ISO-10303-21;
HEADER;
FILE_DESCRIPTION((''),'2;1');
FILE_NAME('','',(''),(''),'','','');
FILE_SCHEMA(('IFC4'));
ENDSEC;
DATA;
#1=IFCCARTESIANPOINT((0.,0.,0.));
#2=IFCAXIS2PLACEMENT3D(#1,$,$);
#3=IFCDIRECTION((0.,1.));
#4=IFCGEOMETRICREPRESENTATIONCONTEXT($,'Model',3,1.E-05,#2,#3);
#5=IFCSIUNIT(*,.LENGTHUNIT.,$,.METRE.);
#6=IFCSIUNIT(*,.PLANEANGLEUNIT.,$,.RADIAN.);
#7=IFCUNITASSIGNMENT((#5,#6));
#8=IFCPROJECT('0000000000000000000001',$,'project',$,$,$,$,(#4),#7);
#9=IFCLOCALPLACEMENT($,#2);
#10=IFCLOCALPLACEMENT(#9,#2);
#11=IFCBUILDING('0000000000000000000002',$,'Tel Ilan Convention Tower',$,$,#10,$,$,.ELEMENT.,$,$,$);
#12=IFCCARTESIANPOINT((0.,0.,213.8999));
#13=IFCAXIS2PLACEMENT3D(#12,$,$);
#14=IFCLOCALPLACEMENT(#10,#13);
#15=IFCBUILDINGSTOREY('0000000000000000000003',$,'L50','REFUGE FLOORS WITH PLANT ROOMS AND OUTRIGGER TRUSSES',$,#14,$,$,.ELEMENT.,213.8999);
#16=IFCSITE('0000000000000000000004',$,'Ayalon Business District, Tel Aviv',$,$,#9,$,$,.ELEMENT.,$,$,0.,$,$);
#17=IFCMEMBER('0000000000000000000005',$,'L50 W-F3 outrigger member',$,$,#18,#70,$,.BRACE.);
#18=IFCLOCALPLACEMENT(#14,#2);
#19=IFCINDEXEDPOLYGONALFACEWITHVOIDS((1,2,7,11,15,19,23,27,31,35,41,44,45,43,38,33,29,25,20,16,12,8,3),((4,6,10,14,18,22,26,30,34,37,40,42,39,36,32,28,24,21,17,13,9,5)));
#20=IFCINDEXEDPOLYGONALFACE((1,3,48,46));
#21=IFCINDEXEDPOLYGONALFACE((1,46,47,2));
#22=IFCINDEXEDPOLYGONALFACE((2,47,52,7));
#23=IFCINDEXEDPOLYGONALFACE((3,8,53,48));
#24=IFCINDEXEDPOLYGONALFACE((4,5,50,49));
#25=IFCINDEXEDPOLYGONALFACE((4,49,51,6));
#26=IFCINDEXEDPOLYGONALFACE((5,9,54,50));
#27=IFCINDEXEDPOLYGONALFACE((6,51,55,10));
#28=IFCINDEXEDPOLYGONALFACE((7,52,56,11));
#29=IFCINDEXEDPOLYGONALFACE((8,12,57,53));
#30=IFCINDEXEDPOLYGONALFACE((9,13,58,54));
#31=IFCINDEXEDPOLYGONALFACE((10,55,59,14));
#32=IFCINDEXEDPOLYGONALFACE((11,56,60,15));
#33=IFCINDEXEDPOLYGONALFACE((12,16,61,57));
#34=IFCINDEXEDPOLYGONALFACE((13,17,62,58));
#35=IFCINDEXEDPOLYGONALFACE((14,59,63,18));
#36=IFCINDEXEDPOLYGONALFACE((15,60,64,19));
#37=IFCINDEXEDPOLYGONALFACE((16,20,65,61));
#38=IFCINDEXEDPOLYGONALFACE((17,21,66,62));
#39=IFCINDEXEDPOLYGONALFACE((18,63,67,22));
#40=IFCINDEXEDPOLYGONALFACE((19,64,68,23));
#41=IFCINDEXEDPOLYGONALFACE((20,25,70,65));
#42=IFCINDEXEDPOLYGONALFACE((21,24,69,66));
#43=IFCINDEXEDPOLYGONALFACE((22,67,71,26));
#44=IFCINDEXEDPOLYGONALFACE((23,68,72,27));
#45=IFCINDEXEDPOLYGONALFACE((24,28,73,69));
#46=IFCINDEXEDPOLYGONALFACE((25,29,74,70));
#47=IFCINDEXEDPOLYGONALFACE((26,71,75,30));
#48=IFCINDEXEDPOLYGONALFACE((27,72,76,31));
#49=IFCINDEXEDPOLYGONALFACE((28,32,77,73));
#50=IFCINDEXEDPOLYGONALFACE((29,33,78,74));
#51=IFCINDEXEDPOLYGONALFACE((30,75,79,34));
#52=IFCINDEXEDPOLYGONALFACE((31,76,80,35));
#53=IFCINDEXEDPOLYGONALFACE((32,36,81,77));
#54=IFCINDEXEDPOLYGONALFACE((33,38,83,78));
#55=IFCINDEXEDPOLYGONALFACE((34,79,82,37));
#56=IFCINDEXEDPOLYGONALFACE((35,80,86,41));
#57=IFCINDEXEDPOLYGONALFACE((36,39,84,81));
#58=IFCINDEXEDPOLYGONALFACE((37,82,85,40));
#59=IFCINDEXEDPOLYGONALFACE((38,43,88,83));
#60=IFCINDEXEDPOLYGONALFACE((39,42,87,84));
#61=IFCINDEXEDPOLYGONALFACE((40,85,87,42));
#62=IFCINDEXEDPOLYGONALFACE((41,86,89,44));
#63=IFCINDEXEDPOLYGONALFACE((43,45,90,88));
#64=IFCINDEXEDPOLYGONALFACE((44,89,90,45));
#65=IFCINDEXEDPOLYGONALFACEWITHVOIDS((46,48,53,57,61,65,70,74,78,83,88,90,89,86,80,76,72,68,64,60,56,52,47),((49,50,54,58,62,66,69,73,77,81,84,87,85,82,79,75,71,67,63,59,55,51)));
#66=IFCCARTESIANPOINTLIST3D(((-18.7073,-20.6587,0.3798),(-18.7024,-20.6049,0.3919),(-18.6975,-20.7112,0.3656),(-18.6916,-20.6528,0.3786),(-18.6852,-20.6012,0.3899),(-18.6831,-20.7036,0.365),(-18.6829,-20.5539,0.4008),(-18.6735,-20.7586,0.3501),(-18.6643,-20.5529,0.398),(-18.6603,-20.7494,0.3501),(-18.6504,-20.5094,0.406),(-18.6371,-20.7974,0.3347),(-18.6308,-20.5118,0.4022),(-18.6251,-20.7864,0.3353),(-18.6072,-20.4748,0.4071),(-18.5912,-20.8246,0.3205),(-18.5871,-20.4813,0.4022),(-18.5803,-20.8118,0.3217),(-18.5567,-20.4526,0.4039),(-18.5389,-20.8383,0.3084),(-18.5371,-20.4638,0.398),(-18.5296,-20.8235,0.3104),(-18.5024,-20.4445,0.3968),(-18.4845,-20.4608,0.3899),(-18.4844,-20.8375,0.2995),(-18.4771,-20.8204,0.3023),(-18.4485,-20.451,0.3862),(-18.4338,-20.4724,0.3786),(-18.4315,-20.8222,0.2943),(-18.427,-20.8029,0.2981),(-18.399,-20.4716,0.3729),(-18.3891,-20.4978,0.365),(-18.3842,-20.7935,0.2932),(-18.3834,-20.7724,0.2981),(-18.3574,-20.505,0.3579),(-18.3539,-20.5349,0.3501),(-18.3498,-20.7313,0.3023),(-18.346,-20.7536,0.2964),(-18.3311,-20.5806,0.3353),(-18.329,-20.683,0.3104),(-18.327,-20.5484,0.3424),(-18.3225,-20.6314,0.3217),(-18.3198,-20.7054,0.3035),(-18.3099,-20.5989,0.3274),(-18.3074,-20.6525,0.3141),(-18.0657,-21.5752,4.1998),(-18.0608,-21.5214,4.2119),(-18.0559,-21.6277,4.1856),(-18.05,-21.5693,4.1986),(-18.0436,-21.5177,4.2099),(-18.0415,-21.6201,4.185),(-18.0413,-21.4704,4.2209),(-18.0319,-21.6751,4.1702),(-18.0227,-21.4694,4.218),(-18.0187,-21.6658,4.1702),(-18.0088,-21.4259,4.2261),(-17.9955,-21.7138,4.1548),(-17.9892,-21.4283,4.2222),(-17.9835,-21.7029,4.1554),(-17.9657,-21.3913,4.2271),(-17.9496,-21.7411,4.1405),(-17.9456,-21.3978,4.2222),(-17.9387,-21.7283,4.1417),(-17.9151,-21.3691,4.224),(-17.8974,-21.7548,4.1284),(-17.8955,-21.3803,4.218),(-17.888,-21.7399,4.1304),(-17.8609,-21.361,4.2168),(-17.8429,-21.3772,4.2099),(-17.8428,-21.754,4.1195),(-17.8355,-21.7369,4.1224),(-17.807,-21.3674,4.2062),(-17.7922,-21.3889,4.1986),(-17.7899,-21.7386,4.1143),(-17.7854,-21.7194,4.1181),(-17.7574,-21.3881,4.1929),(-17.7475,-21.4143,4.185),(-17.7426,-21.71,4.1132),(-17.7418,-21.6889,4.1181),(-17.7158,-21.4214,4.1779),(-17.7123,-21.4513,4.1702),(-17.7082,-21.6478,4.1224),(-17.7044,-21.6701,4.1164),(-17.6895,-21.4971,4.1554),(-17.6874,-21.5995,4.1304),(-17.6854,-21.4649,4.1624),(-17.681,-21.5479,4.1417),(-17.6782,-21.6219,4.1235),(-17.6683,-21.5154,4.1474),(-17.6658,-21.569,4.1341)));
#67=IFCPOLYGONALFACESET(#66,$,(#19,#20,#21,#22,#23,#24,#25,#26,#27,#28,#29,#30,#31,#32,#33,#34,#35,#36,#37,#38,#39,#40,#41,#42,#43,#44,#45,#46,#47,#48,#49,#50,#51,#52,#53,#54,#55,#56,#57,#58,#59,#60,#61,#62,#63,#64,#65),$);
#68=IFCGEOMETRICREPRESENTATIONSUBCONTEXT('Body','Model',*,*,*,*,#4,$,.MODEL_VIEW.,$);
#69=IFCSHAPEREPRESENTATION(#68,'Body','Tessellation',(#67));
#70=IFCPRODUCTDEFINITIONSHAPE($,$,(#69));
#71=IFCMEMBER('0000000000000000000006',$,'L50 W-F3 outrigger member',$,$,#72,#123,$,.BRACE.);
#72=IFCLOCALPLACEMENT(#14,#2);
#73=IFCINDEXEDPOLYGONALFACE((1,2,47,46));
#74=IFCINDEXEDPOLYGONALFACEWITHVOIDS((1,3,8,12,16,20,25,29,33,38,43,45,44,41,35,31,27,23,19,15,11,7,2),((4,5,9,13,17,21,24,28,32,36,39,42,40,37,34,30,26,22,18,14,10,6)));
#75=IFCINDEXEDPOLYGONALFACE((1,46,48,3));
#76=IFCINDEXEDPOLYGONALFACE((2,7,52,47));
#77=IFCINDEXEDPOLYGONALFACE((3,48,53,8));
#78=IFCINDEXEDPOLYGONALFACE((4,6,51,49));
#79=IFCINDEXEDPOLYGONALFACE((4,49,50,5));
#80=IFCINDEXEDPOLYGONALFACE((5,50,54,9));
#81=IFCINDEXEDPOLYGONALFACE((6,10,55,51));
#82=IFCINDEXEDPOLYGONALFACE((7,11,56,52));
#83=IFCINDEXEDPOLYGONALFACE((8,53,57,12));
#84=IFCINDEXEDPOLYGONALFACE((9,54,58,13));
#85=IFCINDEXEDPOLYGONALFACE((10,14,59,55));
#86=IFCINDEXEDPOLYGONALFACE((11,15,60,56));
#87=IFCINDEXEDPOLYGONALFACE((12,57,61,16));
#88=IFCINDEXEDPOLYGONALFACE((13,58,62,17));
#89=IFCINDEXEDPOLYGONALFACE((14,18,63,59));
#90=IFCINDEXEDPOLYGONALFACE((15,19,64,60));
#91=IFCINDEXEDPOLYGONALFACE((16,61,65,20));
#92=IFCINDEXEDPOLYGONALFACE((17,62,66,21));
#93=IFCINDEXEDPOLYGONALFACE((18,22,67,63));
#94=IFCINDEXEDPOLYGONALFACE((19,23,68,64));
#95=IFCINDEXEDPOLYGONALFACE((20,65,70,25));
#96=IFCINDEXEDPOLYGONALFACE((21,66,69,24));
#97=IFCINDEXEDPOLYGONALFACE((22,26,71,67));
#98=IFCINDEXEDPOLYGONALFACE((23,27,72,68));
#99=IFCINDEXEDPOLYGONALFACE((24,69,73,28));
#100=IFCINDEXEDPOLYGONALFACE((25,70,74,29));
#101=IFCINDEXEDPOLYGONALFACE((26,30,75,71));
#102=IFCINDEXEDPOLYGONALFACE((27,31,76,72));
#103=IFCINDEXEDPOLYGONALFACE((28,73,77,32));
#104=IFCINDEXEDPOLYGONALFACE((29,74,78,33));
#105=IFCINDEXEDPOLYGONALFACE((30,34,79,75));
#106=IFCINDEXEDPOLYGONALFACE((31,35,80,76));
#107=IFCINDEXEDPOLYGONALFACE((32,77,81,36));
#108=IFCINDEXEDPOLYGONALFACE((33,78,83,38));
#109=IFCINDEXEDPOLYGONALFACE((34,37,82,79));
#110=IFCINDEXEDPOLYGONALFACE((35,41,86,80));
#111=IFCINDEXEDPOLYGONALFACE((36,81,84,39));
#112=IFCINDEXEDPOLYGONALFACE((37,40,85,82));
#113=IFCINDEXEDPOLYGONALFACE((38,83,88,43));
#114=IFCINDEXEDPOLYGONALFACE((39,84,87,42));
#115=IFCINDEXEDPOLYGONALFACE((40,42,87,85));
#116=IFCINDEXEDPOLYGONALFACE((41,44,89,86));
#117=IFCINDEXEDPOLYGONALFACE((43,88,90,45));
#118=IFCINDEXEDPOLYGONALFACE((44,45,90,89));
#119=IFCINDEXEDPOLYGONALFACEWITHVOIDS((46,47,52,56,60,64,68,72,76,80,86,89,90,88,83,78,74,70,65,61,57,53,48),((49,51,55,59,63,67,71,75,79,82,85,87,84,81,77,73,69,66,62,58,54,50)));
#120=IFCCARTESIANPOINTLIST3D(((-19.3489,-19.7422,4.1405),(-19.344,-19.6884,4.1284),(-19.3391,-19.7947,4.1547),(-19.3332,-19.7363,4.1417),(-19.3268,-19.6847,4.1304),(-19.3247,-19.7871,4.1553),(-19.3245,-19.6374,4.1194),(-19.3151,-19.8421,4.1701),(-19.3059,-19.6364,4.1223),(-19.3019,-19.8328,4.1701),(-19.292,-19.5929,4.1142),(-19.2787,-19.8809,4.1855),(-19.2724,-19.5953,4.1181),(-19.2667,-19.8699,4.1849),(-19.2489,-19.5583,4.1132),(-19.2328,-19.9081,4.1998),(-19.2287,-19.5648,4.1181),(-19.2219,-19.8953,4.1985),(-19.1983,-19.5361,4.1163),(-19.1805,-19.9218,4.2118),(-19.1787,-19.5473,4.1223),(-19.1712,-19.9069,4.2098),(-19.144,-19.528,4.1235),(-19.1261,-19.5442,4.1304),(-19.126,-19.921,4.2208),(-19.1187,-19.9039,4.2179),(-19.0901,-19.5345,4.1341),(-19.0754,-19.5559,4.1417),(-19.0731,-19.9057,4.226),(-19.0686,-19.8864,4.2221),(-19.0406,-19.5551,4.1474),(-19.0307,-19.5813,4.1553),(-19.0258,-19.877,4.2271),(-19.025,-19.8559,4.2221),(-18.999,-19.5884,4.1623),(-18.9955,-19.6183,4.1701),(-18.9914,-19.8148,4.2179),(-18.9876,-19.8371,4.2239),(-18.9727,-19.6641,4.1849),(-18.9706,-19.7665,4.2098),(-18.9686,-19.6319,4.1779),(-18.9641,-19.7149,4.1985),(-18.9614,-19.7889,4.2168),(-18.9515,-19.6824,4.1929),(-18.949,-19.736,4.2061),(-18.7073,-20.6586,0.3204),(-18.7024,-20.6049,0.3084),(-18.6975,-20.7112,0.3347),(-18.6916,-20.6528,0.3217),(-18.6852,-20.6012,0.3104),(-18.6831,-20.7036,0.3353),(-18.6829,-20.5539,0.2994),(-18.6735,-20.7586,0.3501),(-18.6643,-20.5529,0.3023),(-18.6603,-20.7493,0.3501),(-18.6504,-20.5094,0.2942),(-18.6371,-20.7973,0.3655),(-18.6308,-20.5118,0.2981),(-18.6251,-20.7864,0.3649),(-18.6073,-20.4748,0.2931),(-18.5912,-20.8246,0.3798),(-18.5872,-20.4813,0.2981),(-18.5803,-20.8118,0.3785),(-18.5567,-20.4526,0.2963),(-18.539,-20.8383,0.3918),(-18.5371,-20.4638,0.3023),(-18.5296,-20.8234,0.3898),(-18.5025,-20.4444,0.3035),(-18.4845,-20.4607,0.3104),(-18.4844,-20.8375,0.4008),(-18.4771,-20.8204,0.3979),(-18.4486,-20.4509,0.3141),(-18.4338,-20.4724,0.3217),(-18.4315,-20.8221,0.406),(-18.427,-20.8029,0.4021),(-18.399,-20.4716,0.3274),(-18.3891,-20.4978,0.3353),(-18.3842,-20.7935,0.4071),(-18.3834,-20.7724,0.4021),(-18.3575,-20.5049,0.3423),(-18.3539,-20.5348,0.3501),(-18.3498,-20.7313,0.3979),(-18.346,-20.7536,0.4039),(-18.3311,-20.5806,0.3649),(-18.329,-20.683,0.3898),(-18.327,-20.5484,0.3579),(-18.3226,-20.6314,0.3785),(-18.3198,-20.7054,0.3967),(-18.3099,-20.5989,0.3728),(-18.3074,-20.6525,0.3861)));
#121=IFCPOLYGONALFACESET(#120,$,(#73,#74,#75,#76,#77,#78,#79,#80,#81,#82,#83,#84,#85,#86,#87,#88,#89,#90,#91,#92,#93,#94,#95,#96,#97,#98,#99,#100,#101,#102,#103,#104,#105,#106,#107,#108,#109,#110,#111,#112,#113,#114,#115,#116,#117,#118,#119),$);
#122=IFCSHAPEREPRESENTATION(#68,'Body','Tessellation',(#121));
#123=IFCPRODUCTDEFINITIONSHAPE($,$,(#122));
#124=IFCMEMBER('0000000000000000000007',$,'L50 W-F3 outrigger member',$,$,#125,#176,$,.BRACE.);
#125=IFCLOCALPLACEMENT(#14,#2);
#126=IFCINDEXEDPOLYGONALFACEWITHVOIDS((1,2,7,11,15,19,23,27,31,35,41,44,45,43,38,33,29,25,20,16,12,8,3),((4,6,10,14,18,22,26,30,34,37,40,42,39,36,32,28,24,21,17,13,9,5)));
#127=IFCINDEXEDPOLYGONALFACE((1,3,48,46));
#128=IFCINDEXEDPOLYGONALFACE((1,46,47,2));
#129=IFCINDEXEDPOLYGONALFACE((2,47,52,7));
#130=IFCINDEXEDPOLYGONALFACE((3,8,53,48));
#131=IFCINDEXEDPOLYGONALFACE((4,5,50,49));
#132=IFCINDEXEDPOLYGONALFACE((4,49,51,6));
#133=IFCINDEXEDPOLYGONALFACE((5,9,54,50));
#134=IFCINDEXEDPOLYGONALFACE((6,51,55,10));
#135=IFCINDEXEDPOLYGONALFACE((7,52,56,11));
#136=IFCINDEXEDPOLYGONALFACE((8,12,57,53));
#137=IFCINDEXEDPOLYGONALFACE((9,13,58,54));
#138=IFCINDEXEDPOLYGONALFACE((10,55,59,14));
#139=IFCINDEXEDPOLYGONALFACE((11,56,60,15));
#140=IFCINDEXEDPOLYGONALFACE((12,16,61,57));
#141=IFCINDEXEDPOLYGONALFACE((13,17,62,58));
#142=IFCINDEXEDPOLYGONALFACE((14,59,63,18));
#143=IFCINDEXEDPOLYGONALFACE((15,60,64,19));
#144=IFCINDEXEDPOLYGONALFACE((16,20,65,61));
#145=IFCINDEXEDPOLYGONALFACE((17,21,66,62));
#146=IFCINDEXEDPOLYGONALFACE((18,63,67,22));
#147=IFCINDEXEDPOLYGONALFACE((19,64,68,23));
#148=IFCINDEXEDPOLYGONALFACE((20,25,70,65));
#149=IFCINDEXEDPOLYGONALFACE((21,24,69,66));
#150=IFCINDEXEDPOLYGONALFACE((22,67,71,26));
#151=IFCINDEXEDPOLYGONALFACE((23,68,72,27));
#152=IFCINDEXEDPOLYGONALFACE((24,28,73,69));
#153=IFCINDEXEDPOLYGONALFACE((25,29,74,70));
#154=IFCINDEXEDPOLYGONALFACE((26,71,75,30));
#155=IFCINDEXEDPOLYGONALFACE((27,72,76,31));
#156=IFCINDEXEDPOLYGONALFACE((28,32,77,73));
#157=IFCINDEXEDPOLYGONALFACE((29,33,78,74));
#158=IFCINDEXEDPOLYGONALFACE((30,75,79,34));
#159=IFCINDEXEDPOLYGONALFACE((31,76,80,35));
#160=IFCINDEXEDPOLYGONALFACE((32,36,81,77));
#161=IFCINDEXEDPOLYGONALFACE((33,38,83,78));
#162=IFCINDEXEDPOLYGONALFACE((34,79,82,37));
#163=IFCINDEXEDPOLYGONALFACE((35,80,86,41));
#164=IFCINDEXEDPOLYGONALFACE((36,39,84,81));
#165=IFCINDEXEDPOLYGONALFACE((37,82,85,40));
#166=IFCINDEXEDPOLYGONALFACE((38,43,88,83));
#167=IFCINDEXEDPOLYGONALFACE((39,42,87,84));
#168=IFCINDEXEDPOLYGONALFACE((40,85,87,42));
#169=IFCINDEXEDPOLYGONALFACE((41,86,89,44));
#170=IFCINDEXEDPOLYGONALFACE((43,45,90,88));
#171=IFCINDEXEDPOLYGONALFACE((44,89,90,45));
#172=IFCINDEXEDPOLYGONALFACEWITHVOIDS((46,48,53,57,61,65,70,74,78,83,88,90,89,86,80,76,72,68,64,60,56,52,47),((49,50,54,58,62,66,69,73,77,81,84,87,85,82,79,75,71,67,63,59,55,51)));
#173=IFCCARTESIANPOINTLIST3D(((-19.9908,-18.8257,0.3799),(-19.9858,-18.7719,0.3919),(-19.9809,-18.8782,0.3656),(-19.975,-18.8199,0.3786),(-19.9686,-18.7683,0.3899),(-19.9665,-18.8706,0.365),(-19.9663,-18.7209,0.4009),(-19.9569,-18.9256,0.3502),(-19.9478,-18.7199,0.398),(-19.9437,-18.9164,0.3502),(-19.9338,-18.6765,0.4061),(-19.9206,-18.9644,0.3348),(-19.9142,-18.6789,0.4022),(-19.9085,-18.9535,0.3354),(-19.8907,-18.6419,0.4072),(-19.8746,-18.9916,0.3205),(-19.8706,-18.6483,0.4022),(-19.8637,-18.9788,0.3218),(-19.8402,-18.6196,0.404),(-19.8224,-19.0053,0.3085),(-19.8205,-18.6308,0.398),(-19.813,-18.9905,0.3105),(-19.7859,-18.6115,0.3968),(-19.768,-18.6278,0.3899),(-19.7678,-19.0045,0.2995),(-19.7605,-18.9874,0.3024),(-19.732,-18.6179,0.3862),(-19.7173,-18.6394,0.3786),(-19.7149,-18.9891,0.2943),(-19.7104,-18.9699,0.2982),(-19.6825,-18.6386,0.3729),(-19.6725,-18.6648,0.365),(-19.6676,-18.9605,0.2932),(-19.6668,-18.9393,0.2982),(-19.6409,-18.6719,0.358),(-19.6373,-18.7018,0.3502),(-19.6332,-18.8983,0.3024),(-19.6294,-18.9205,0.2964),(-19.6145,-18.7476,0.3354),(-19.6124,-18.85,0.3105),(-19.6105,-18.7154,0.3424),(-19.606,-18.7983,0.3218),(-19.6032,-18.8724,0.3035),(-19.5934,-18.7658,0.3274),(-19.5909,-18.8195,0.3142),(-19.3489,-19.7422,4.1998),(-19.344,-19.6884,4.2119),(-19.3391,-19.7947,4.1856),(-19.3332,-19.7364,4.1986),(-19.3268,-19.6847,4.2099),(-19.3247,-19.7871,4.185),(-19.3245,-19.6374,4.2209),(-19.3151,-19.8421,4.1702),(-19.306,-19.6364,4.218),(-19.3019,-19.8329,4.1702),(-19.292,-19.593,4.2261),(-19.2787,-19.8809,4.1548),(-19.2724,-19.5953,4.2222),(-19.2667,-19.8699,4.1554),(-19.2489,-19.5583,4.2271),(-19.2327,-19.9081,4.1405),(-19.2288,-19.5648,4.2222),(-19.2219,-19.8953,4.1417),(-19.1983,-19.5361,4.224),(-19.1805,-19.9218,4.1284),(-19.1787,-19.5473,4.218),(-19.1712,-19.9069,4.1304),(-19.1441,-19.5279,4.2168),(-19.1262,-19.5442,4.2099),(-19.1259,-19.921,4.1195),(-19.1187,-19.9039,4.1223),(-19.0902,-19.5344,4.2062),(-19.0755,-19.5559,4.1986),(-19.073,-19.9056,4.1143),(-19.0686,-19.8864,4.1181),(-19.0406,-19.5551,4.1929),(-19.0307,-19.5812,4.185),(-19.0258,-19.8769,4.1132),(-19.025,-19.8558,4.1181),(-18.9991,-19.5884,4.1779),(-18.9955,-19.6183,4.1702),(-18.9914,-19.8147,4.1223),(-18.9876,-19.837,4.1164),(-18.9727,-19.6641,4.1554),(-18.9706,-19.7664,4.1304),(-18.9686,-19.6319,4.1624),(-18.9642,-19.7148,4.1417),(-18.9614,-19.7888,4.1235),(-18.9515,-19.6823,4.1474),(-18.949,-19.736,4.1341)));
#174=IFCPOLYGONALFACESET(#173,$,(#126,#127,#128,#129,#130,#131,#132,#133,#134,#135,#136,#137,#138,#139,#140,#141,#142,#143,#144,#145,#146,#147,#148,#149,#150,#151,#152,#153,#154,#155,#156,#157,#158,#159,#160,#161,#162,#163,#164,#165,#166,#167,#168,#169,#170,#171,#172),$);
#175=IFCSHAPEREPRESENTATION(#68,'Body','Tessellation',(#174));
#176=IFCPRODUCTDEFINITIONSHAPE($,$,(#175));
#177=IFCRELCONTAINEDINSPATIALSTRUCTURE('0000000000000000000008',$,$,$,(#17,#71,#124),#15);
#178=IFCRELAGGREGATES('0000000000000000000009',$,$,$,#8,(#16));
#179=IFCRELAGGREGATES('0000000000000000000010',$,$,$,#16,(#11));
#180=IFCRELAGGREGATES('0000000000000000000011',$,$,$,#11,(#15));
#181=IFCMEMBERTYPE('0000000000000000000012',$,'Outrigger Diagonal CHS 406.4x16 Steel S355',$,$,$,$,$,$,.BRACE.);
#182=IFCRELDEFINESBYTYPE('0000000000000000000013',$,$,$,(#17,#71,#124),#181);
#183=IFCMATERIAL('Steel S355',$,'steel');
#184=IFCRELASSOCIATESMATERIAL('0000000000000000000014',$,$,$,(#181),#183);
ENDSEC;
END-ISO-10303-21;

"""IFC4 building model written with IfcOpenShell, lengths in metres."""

from ifc_helpers import new_model, si_unit, direction, frame, origin, origin_2d, place, context, subcontext, project, spatial, hollow_circle, extrude, material, material_profile, profile_set, type_object, element, save


model = new_model("IFC4")

# Units and contexts
model_context = context("Model", 3, precision=1e-05, world=origin(), true_north=direction((0.0, 1.0)))
body_context = subcontext(model_context, "Body", "Model", "MODEL_VIEW")
ifc_project = project(units=[si_unit("LENGTHUNIT", "METRE"), si_unit("PLANEANGLEUNIT", "RADIAN")], contexts=[model_context])

# Site, building, storey
site_placement = place(None, origin())
site = spatial("IfcSite", under=ifc_project, at=site_placement, Name="Ayalon Business District, Tel Aviv", CompositionType="ELEMENT", RefElevation=0.0)
building_placement = place(site_placement, origin())
building = spatial("IfcBuilding", under=site, at=building_placement, Name="Tel Ilan Convention Tower", CompositionType="ELEMENT")
storey_placement = place(building_placement, frame((0.0, 0.0, 213.8999)))
storey = spatial("IfcBuildingStorey", under=building, at=storey_placement, Name="L50", Description="REFUGE FLOORS WITH PLANT ROOMS AND OUTRIGGER TRUSSES", CompositionType="ELEMENT", Elevation=213.8999)

# Members
ifc_material_1 = material(Name="Steel S355", Category="steel")
ifc_material_profile_1 = material_profile(ifc_material_1, hollow_circle(Radius=0.2031, WallThickness=0.0161, at=origin_2d()), Name="CHS 406.4x16")
ifc_profile_set_1 = profile_set([ifc_material_profile_1], Name="Steel S355")
member_type_1 = type_object("IfcMemberType", Name="Outrigger Diagonal CHS 406.4x16 Steel S355", PredefinedType="BRACE", material=ifc_profile_set_1)
for number, where, z_axis, x_axis, name in (
    (1, (-17.8655, -21.5586, 4.1702), (-0.161185, 0.230247, -0.95969), (-0.819211, -0.573492, 0.0), "L50 W-F3 outrigger member"),
    (2, (-18.5071, -20.6421, 0.3501), (-0.161185, 0.230247, 0.95969), (-0.819211, -0.573492, 0.0), "L50 W-F3 outrigger member"),
    (3, (-19.1487, -19.7256, 4.1702), (-0.161245, 0.230245, -0.959681), (-0.819109, -0.573638, 0.0), "L50 W-F3 outrigger member"),
):
    element("IfcMember", number, at=place(storey_placement, frame(where, z_axis=z_axis, x_axis=x_axis)), inside=storey, type_object=member_type_1, Name=name, PredefinedType="BRACE", context=body_context, shape_type="SweptSolid", body=[
        extrude(hollow_circle(Radius=0.2031, WallThickness=0.0161, at=origin_2d()), origin(), (0.0, 0.0, 1.0), 3.9805),
    ])

save(model, "model.ifc")
